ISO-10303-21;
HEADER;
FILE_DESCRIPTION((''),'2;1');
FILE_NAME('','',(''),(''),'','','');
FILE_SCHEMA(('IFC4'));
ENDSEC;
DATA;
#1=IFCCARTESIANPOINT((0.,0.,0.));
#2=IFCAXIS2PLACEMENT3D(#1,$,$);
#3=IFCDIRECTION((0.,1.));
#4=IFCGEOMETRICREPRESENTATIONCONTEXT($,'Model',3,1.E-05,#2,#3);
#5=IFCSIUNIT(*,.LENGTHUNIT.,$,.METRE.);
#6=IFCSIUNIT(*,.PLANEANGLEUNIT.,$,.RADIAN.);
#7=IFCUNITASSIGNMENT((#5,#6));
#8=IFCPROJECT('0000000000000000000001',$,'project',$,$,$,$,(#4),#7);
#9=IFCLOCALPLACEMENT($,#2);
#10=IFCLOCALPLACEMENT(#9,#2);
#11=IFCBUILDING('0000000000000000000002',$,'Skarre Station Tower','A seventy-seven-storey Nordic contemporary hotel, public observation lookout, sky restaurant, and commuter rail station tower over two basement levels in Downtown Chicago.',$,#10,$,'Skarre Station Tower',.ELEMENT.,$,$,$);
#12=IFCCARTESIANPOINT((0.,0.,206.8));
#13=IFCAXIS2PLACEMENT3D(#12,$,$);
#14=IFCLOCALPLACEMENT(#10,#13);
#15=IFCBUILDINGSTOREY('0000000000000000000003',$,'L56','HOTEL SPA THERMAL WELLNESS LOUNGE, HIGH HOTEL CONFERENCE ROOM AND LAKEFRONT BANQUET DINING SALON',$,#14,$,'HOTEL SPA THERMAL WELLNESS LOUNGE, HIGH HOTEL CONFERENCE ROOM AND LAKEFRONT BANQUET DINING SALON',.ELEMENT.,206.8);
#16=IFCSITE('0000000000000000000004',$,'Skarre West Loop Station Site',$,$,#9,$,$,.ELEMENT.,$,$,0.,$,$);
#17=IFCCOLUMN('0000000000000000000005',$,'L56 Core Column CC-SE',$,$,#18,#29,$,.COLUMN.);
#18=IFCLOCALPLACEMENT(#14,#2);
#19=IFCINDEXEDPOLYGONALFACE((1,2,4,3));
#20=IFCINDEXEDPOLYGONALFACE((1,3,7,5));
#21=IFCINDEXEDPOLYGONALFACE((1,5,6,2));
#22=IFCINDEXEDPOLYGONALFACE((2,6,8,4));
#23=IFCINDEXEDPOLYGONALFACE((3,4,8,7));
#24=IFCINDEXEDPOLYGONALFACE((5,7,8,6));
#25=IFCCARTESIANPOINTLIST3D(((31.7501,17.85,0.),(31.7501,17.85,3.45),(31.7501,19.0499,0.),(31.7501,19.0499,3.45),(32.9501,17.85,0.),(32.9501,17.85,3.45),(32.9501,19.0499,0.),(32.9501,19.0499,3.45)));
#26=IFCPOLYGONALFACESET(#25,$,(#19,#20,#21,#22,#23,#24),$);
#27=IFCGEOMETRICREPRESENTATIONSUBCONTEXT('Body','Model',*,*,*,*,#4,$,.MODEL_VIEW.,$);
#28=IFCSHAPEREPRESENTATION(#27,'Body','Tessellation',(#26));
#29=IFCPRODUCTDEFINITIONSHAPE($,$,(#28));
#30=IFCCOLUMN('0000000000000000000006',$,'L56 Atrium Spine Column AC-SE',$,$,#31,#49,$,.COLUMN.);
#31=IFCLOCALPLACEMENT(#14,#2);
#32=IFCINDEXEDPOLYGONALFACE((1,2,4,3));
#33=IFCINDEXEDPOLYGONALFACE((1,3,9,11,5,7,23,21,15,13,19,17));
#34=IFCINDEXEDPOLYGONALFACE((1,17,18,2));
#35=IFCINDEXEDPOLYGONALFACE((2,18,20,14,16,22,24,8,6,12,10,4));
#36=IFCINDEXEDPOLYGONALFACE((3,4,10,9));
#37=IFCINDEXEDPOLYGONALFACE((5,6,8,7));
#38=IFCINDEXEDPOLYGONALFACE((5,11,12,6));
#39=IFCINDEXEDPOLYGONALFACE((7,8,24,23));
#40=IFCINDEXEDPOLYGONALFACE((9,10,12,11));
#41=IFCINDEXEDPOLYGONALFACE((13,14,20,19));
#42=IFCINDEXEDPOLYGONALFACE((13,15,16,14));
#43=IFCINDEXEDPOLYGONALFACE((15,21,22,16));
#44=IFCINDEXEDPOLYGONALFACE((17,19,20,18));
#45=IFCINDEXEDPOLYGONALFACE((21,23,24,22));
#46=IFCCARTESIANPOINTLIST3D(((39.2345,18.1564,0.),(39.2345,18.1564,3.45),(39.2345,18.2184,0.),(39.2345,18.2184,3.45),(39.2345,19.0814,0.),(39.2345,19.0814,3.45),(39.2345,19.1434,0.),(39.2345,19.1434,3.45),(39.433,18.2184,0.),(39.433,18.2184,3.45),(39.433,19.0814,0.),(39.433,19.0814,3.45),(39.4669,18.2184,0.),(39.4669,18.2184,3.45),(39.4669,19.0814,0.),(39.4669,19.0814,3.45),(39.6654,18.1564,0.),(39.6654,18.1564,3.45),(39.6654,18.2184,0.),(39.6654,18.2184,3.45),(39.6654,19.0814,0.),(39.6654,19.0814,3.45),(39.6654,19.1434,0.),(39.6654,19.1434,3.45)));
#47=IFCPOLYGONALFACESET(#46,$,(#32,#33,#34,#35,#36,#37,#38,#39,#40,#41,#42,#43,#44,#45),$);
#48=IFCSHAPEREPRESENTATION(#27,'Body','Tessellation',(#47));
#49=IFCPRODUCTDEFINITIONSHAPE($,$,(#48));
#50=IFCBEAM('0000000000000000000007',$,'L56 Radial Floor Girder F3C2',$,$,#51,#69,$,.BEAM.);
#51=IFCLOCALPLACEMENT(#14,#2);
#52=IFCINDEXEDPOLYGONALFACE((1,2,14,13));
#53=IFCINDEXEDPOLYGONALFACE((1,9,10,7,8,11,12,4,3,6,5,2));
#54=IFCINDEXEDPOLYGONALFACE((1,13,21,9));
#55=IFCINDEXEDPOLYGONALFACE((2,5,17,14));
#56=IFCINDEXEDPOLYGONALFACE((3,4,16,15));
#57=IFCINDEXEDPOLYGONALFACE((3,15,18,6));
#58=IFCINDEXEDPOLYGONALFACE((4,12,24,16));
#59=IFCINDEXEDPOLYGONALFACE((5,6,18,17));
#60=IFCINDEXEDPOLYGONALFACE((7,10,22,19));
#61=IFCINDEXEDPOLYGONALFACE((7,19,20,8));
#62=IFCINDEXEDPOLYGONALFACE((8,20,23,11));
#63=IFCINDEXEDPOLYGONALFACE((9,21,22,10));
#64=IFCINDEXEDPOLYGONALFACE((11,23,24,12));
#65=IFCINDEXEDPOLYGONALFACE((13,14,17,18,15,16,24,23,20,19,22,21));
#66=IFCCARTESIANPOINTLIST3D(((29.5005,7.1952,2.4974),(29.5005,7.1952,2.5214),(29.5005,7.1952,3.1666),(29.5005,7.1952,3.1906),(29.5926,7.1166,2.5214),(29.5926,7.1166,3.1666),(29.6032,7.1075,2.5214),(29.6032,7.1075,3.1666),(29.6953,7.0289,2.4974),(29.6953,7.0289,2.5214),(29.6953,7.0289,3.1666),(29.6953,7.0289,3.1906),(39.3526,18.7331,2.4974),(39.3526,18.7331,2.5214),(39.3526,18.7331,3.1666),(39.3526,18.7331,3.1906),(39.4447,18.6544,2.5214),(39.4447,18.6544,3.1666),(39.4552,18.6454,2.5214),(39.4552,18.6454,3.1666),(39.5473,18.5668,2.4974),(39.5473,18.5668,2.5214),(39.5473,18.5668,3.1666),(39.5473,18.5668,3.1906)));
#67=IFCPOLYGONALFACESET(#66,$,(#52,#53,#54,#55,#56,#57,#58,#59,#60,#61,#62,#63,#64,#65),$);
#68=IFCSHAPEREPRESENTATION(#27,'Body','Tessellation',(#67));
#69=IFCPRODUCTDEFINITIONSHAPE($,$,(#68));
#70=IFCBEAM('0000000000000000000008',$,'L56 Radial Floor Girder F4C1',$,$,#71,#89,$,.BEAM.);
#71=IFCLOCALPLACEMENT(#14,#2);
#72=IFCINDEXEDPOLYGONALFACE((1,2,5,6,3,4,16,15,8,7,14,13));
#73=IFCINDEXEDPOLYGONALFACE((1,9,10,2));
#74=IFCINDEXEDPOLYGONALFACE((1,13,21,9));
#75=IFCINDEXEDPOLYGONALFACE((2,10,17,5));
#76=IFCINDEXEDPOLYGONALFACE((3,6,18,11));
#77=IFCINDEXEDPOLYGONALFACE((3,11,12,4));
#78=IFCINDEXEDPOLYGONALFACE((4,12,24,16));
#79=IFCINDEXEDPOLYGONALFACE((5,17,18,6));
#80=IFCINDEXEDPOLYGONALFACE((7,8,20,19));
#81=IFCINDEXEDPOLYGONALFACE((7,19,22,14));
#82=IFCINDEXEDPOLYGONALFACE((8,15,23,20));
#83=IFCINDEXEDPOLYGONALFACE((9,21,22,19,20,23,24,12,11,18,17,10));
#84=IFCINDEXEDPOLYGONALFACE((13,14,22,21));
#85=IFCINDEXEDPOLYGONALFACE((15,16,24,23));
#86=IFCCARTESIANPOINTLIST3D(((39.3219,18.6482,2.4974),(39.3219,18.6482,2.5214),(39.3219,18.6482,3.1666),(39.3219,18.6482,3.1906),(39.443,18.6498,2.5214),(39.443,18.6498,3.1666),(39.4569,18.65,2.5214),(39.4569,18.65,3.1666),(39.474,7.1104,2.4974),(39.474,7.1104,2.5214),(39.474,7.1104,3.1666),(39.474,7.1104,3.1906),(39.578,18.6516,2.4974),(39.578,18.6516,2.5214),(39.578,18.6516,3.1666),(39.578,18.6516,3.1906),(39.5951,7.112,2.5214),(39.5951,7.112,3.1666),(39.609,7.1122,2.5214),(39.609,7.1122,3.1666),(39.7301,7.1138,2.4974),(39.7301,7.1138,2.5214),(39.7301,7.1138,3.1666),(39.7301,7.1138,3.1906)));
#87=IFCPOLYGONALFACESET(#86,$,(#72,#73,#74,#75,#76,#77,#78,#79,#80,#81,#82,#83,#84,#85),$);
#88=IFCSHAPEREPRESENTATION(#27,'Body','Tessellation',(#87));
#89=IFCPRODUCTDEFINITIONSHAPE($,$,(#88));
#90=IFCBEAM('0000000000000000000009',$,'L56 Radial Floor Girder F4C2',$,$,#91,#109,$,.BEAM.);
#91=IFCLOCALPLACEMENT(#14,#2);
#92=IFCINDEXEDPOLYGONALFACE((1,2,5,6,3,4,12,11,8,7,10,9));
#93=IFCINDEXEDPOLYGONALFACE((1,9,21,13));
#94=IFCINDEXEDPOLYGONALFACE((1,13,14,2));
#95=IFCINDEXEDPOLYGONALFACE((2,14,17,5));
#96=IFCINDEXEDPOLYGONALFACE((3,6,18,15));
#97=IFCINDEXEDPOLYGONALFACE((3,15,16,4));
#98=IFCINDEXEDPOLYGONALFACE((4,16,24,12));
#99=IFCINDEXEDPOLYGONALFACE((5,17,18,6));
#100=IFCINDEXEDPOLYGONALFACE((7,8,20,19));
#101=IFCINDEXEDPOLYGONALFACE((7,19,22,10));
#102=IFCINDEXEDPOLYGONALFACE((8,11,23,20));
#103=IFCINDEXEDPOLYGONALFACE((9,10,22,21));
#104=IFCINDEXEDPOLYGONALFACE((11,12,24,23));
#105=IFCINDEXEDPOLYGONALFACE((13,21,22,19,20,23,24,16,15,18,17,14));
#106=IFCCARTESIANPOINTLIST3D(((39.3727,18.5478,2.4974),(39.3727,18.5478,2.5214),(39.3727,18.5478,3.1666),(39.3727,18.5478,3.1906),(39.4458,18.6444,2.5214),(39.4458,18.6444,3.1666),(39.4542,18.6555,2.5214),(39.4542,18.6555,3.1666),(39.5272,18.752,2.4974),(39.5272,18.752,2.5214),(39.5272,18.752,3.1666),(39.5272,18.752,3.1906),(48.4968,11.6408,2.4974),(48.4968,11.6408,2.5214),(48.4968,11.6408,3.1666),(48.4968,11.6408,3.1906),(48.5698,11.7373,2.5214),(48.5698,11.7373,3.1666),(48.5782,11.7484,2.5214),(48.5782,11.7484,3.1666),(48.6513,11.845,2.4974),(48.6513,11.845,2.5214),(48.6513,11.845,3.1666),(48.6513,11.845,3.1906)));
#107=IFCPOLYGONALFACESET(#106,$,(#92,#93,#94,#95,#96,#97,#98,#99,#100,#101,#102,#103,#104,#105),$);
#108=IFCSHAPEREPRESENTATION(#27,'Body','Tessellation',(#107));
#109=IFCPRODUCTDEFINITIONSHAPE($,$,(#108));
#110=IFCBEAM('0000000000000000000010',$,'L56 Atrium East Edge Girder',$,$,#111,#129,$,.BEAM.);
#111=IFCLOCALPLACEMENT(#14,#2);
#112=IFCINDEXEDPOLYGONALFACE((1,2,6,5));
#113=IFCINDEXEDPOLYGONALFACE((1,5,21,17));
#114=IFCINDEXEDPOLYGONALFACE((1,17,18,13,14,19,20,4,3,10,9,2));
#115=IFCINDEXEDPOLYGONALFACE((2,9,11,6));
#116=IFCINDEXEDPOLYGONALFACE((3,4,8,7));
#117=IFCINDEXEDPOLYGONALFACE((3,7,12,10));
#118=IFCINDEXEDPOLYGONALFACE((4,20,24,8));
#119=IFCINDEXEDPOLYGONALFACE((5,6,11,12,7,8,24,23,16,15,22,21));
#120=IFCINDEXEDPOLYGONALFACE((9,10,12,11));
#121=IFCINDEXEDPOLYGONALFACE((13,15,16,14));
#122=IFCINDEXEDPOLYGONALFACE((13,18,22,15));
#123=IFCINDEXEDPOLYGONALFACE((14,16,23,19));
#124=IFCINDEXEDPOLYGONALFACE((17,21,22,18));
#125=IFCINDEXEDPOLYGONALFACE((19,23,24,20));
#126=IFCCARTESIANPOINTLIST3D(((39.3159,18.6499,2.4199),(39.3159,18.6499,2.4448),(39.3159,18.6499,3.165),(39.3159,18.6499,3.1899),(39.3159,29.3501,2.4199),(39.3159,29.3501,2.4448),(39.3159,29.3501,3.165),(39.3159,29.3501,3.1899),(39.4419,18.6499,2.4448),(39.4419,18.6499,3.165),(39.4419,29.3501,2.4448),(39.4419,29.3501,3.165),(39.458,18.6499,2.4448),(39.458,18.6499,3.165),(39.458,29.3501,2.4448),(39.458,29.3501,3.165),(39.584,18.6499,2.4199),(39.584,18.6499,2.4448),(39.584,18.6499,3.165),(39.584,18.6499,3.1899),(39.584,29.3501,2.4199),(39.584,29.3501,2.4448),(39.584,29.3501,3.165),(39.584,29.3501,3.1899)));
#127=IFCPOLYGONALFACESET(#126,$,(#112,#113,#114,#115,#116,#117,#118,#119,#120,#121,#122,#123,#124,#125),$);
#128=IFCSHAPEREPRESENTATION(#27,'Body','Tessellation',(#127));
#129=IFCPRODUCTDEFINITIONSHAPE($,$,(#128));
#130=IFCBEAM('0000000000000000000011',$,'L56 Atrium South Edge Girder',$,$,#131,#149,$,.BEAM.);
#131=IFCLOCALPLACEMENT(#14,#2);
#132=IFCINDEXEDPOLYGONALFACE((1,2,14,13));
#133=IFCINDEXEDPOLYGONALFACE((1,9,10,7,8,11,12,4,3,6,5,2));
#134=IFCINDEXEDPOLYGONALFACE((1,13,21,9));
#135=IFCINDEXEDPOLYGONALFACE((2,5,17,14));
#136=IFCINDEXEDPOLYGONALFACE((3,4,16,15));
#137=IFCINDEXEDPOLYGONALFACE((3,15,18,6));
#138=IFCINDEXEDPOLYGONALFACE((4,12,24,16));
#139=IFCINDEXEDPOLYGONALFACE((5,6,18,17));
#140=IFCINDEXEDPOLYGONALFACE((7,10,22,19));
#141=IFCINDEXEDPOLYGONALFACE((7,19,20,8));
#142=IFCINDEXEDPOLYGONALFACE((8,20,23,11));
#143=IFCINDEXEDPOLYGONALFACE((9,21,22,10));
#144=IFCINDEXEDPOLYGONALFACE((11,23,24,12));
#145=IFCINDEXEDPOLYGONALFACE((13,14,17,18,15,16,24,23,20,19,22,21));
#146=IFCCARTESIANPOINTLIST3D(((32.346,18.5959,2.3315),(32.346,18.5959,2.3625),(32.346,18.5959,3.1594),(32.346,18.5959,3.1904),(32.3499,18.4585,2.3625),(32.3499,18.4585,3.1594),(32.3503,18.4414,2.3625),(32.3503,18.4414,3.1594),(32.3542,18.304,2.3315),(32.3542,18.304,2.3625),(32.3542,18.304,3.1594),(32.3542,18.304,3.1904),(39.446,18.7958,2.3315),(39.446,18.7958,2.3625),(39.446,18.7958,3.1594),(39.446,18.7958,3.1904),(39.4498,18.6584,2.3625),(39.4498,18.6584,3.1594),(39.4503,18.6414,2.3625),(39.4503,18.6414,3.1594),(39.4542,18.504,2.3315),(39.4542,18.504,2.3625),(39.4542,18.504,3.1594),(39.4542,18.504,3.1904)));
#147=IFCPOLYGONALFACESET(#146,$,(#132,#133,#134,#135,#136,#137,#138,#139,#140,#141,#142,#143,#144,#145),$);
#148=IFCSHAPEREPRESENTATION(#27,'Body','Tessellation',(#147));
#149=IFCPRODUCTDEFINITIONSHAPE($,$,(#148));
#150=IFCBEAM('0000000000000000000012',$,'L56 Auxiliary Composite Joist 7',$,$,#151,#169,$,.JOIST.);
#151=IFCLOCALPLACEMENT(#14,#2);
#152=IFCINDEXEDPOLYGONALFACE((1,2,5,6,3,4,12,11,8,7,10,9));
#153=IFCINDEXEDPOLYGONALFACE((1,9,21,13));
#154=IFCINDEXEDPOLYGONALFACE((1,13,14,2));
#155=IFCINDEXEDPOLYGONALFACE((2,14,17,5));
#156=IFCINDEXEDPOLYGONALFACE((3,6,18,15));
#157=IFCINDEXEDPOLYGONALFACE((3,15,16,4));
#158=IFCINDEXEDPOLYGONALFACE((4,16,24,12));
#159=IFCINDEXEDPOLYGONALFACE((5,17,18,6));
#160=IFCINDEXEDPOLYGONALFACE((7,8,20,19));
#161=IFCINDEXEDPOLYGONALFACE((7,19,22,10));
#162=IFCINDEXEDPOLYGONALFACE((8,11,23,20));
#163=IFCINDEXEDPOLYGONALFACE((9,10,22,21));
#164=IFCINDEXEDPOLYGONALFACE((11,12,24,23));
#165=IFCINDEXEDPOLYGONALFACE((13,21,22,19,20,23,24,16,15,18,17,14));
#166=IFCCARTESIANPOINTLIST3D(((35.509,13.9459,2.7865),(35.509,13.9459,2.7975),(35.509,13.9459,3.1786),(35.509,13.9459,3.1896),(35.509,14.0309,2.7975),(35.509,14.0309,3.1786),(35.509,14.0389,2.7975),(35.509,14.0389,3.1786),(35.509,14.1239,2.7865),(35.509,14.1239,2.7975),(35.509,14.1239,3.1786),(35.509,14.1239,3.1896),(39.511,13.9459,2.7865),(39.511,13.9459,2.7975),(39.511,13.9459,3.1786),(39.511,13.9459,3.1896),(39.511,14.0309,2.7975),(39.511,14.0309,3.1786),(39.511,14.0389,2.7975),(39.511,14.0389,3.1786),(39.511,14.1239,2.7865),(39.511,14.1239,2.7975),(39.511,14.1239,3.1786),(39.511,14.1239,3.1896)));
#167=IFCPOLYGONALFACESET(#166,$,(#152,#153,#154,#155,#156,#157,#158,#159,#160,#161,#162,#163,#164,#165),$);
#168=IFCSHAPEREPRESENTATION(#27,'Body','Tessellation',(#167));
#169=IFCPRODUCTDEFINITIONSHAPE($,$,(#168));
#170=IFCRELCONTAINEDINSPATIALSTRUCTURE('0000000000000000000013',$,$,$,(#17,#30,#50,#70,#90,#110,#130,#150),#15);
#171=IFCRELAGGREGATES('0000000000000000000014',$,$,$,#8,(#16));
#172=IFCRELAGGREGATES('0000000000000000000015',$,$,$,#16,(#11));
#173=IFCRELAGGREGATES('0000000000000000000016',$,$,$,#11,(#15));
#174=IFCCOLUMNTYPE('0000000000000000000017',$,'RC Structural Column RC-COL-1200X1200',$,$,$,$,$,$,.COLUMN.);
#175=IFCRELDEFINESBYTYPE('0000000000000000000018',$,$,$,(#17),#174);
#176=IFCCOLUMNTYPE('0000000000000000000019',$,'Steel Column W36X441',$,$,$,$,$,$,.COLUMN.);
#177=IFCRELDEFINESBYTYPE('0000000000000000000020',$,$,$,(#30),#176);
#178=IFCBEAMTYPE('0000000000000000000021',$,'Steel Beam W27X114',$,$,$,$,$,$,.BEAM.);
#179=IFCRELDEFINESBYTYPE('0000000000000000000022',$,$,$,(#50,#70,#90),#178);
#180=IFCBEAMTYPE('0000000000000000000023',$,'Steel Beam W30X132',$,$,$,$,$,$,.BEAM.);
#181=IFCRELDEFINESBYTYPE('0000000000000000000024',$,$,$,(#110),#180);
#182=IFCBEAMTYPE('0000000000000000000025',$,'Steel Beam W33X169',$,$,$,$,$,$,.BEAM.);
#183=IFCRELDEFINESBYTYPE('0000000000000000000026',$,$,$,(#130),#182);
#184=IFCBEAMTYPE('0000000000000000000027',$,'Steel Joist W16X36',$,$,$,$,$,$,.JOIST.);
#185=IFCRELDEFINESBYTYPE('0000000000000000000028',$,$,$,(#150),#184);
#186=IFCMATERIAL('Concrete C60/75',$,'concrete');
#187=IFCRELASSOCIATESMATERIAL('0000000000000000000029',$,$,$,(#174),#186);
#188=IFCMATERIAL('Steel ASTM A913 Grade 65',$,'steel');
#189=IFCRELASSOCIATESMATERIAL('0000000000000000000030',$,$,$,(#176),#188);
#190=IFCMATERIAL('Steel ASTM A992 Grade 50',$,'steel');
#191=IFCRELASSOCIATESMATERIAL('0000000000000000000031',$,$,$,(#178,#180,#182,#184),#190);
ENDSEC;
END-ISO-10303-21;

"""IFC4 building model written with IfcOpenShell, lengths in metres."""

from ifc_helpers import new_model, si_unit, direction, frame, origin, origin_2d, place, context, subcontext, project, spatial, rectangle, i_section, extrude, material, material_profile, profile_set, type_object, element, save


model = new_model("IFC4")

# Units and contexts
model_context = context("Model", 3, precision=1e-05, world=origin(), true_north=direction((0.0, 1.0)))
body_context = subcontext(model_context, "Body", "Model", "MODEL_VIEW")
ifc_project = project(units=[si_unit("LENGTHUNIT", "METRE"), si_unit("PLANEANGLEUNIT", "RADIAN")], contexts=[model_context])

# Site, building, storey
site_placement = place(None, origin())
site = spatial("IfcSite", under=ifc_project, at=site_placement, Name="Skarre West Loop Station Site", CompositionType="ELEMENT", RefElevation=0.0)
building_placement = place(site_placement, origin())
building = spatial("IfcBuilding", under=site, at=building_placement, Name="Skarre Station Tower", Description="A seventy-seven-storey Nordic contemporary hotel, public observation lookout, sky restaurant, and commuter rail station tower over two basement levels in Downtown Chicago.", LongName="Skarre Station Tower", CompositionType="ELEMENT")
storey_placement = place(building_placement, frame((0.0, 0.0, 206.8)))
storey = spatial("IfcBuildingStorey", under=building, at=storey_placement, Name="L56", Description="HOTEL SPA THERMAL WELLNESS LOUNGE, HIGH HOTEL CONFERENCE ROOM AND LAKEFRONT BANQUET DINING SALON", LongName="HOTEL SPA THERMAL WELLNESS LOUNGE, HIGH HOTEL CONFERENCE ROOM AND LAKEFRONT BANQUET DINING SALON", CompositionType="ELEMENT", Elevation=206.8)

# Columns
ifc_material_1 = material(Name="Concrete C60/75", Category="concrete")
ifc_material_profile_1 = material_profile(ifc_material_1, rectangle(XDim=1.2, YDim=1.2, at=origin_2d()), Name="Concrete C60/75")
ifc_profile_set_1 = profile_set([ifc_material_profile_1], Name="Concrete C60/75")
column_type_1 = type_object("IfcColumnType", Name="RC Structural Column RC-COL-1200X1200", PredefinedType="COLUMN", material=ifc_profile_set_1)
column_1_placement = place(storey_placement, frame((32.3501, 18.45, 0.0), z_axis=(0.0, 0.0, 1.0), x_axis=(1.0, 0.0, 0.0)))
element("IfcColumn", 1, at=column_1_placement, inside=storey, type_object=column_type_1, Name="L56 Core Column CC-SE", PredefinedType="COLUMN", context=body_context, shape_type="SweptSolid", body=[
    extrude(rectangle(XDim=1.2, YDim=1.2, at=origin_2d()), origin(), (0.0, 0.0, 1.0), 3.45),
])
ifc_material_2 = material(Name="Steel ASTM A913 Grade 65", Category="steel")
ifc_material_profile_2 = material_profile(ifc_material_2, i_section(OverallWidth=0.4309, OverallDepth=0.9871, WebThickness=0.0339, FlangeThickness=0.062, at=origin_2d()), Name="Steel ASTM A913 Grade 65")
ifc_profile_set_2 = profile_set([ifc_material_profile_2], Name="Steel ASTM A913 Grade 65")
column_type_2 = type_object("IfcColumnType", Name="Steel Column W36X441", PredefinedType="COLUMN", material=ifc_profile_set_2)
column_2_placement = place(storey_placement, frame((39.45, 18.6499, 0.0), z_axis=(0.0, 0.0, 1.0), x_axis=(1.0, 0.0, 0.0)))
element("IfcColumn", 2, at=column_2_placement, inside=storey, type_object=column_type_2, Name="L56 Atrium Spine Column AC-SE", PredefinedType="COLUMN", context=body_context, shape_type="SweptSolid", body=[
    extrude(i_section(OverallWidth=0.4309, OverallDepth=0.9871, WebThickness=0.0339, FlangeThickness=0.062, at=origin_2d()), origin(), (0.0, 0.0, 1.0), 3.45),
])

# Beams
ifc_material_3 = material(Name="Steel ASTM A992 Grade 50", Category="steel")
ifc_material_profile_3 = material_profile(ifc_material_3, i_section(OverallWidth=0.2561, OverallDepth=0.6931, WebThickness=0.0139, FlangeThickness=0.0239, at=origin_2d()), Name="Steel ASTM A992 Grade 50")
ifc_profile_set_3 = profile_set([ifc_material_profile_3], Name="Steel ASTM A992 Grade 50")
beam_type_1 = type_object("IfcBeamType", Name="Steel Beam W27X114", PredefinedType="BEAM", material=ifc_profile_set_3)
beam_1_placement = place(storey_placement, frame((39.45, 18.6499, 2.844), z_axis=(-0.649364, -0.760477, 0.0), x_axis=(0.760477, -0.649364, 0.0)))
element("IfcBeam", 3, at=beam_1_placement, inside=storey, type_object=beam_type_1, Name="L56 Radial Floor Girder F3C2", PredefinedType="BEAM", context=body_context, shape_type="SweptSolid", body=[
    extrude(i_section(OverallWidth=0.2561, OverallDepth=0.6931, WebThickness=0.0139, FlangeThickness=0.0239, at=origin_2d()), origin(), (0.0, 0.0, 1.0), 15.1719),
])
beam_2_placement = place(storey_placement, frame((39.45, 18.6499, 2.844), z_axis=(0.013182, -0.999913, 0.0), x_axis=(0.999913, 0.013182, 0.0)))
element("IfcBeam", 4, at=beam_2_placement, inside=storey, type_object=beam_type_1, Name="L56 Radial Floor Girder F4C1", PredefinedType="BEAM", context=body_context, shape_type="SweptSolid", body=[
    extrude(i_section(OverallWidth=0.2561, OverallDepth=0.6931, WebThickness=0.0139, FlangeThickness=0.0239, at=origin_2d()), origin(), (0.0, 0.0, 1.0), 11.5388),
])
beam_3_placement = place(storey_placement, frame((39.45, 18.6499, 2.844), z_axis=(0.797309, -0.603571, 0.0), x_axis=(0.603571, 0.797309, 0.0)))
element("IfcBeam", 5, at=beam_3_placement, inside=storey, type_object=beam_type_1, Name="L56 Radial Floor Girder F4C2", PredefinedType="BEAM", context=body_context, shape_type="SweptSolid", body=[
    extrude(i_section(OverallWidth=0.2561, OverallDepth=0.6931, WebThickness=0.0139, FlangeThickness=0.0239, at=origin_2d()), origin(), (0.0, 0.0, 1.0), 11.4436),
])
ifc_material_profile_4 = material_profile(ifc_material_3, i_section(OverallWidth=0.2681, OverallDepth=0.77, WebThickness=0.0161, FlangeThickness=0.0249, at=origin_2d()), Name="Steel ASTM A992 Grade 50")
ifc_profile_set_4 = profile_set([ifc_material_profile_4], Name="Steel ASTM A992 Grade 50")
beam_type_2 = type_object("IfcBeamType", Name="Steel Beam W30X132", PredefinedType="BEAM", material=ifc_profile_set_4)
beam_4_placement = place(storey_placement, frame((39.45, 18.6499, 2.8049), z_axis=(0.0, 1.0, 0.0), x_axis=(-1.0, 0.0, 0.0)))
element("IfcBeam", 6, at=beam_4_placement, inside=storey, type_object=beam_type_2, Name="L56 Atrium East Edge Girder", PredefinedType="BEAM", context=body_context, shape_type="SweptSolid", body=[
    extrude(i_section(OverallWidth=0.2681, OverallDepth=0.77, WebThickness=0.0161, FlangeThickness=0.0249, at=origin_2d()), origin(), (0.0, 0.0, 1.0), 10.7002),
])
ifc_material_profile_5 = material_profile(ifc_material_3, i_section(OverallWidth=0.292, OverallDepth=0.8589, WebThickness=0.0171, FlangeThickness=0.031, at=origin_2d()), Name="Steel ASTM A992 Grade 50")
ifc_profile_set_5 = profile_set([ifc_material_profile_5], Name="Steel ASTM A992 Grade 50")
beam_type_3 = type_object("IfcBeamType", Name="Steel Beam W33X169", PredefinedType="BEAM", material=ifc_profile_set_5)
beam_5_placement = place(storey_placement, frame((32.3501, 18.45, 2.761), z_axis=(0.999604, 0.028152, 0.0), x_axis=(-0.028152, 0.999604, 0.0)))
element("IfcBeam", 7, at=beam_5_placement, inside=storey, type_object=beam_type_3, Name="L56 Atrium South Edge Girder", PredefinedType="BEAM", context=body_context, shape_type="SweptSolid", body=[
    extrude(i_section(OverallWidth=0.292, OverallDepth=0.8589, WebThickness=0.0171, FlangeThickness=0.031, at=origin_2d()), origin(), (0.0, 0.0, 1.0), 7.1028),
])
ifc_material_profile_6 = material_profile(ifc_material_3, i_section(OverallWidth=0.178, OverallDepth=0.4031, WebThickness=0.0081, FlangeThickness=0.011, at=origin_2d()), Name="Steel ASTM A992 Grade 50")
ifc_profile_set_6 = profile_set([ifc_material_profile_6], Name="Steel ASTM A992 Grade 50")
beam_type_4 = type_object("IfcBeamType", Name="Steel Joist W16X36", PredefinedType="JOIST", material=ifc_profile_set_6)
beam_6_placement = place(storey_placement, frame((35.509, 14.0349, 2.988), z_axis=(1.0, 0.0, 0.0), x_axis=(0.0, 1.0, 0.0)))
element("IfcBeam", 8, at=beam_6_placement, inside=storey, type_object=beam_type_4, Name="L56 Auxiliary Composite Joist 7", PredefinedType="JOIST", context=body_context, shape_type="SweptSolid", body=[
    extrude(i_section(OverallWidth=0.178, OverallDepth=0.4031, WebThickness=0.0081, FlangeThickness=0.011, at=origin_2d()), origin(), (0.0, 0.0, 1.0), 4.002),
])

save(model, "model.ifc")
